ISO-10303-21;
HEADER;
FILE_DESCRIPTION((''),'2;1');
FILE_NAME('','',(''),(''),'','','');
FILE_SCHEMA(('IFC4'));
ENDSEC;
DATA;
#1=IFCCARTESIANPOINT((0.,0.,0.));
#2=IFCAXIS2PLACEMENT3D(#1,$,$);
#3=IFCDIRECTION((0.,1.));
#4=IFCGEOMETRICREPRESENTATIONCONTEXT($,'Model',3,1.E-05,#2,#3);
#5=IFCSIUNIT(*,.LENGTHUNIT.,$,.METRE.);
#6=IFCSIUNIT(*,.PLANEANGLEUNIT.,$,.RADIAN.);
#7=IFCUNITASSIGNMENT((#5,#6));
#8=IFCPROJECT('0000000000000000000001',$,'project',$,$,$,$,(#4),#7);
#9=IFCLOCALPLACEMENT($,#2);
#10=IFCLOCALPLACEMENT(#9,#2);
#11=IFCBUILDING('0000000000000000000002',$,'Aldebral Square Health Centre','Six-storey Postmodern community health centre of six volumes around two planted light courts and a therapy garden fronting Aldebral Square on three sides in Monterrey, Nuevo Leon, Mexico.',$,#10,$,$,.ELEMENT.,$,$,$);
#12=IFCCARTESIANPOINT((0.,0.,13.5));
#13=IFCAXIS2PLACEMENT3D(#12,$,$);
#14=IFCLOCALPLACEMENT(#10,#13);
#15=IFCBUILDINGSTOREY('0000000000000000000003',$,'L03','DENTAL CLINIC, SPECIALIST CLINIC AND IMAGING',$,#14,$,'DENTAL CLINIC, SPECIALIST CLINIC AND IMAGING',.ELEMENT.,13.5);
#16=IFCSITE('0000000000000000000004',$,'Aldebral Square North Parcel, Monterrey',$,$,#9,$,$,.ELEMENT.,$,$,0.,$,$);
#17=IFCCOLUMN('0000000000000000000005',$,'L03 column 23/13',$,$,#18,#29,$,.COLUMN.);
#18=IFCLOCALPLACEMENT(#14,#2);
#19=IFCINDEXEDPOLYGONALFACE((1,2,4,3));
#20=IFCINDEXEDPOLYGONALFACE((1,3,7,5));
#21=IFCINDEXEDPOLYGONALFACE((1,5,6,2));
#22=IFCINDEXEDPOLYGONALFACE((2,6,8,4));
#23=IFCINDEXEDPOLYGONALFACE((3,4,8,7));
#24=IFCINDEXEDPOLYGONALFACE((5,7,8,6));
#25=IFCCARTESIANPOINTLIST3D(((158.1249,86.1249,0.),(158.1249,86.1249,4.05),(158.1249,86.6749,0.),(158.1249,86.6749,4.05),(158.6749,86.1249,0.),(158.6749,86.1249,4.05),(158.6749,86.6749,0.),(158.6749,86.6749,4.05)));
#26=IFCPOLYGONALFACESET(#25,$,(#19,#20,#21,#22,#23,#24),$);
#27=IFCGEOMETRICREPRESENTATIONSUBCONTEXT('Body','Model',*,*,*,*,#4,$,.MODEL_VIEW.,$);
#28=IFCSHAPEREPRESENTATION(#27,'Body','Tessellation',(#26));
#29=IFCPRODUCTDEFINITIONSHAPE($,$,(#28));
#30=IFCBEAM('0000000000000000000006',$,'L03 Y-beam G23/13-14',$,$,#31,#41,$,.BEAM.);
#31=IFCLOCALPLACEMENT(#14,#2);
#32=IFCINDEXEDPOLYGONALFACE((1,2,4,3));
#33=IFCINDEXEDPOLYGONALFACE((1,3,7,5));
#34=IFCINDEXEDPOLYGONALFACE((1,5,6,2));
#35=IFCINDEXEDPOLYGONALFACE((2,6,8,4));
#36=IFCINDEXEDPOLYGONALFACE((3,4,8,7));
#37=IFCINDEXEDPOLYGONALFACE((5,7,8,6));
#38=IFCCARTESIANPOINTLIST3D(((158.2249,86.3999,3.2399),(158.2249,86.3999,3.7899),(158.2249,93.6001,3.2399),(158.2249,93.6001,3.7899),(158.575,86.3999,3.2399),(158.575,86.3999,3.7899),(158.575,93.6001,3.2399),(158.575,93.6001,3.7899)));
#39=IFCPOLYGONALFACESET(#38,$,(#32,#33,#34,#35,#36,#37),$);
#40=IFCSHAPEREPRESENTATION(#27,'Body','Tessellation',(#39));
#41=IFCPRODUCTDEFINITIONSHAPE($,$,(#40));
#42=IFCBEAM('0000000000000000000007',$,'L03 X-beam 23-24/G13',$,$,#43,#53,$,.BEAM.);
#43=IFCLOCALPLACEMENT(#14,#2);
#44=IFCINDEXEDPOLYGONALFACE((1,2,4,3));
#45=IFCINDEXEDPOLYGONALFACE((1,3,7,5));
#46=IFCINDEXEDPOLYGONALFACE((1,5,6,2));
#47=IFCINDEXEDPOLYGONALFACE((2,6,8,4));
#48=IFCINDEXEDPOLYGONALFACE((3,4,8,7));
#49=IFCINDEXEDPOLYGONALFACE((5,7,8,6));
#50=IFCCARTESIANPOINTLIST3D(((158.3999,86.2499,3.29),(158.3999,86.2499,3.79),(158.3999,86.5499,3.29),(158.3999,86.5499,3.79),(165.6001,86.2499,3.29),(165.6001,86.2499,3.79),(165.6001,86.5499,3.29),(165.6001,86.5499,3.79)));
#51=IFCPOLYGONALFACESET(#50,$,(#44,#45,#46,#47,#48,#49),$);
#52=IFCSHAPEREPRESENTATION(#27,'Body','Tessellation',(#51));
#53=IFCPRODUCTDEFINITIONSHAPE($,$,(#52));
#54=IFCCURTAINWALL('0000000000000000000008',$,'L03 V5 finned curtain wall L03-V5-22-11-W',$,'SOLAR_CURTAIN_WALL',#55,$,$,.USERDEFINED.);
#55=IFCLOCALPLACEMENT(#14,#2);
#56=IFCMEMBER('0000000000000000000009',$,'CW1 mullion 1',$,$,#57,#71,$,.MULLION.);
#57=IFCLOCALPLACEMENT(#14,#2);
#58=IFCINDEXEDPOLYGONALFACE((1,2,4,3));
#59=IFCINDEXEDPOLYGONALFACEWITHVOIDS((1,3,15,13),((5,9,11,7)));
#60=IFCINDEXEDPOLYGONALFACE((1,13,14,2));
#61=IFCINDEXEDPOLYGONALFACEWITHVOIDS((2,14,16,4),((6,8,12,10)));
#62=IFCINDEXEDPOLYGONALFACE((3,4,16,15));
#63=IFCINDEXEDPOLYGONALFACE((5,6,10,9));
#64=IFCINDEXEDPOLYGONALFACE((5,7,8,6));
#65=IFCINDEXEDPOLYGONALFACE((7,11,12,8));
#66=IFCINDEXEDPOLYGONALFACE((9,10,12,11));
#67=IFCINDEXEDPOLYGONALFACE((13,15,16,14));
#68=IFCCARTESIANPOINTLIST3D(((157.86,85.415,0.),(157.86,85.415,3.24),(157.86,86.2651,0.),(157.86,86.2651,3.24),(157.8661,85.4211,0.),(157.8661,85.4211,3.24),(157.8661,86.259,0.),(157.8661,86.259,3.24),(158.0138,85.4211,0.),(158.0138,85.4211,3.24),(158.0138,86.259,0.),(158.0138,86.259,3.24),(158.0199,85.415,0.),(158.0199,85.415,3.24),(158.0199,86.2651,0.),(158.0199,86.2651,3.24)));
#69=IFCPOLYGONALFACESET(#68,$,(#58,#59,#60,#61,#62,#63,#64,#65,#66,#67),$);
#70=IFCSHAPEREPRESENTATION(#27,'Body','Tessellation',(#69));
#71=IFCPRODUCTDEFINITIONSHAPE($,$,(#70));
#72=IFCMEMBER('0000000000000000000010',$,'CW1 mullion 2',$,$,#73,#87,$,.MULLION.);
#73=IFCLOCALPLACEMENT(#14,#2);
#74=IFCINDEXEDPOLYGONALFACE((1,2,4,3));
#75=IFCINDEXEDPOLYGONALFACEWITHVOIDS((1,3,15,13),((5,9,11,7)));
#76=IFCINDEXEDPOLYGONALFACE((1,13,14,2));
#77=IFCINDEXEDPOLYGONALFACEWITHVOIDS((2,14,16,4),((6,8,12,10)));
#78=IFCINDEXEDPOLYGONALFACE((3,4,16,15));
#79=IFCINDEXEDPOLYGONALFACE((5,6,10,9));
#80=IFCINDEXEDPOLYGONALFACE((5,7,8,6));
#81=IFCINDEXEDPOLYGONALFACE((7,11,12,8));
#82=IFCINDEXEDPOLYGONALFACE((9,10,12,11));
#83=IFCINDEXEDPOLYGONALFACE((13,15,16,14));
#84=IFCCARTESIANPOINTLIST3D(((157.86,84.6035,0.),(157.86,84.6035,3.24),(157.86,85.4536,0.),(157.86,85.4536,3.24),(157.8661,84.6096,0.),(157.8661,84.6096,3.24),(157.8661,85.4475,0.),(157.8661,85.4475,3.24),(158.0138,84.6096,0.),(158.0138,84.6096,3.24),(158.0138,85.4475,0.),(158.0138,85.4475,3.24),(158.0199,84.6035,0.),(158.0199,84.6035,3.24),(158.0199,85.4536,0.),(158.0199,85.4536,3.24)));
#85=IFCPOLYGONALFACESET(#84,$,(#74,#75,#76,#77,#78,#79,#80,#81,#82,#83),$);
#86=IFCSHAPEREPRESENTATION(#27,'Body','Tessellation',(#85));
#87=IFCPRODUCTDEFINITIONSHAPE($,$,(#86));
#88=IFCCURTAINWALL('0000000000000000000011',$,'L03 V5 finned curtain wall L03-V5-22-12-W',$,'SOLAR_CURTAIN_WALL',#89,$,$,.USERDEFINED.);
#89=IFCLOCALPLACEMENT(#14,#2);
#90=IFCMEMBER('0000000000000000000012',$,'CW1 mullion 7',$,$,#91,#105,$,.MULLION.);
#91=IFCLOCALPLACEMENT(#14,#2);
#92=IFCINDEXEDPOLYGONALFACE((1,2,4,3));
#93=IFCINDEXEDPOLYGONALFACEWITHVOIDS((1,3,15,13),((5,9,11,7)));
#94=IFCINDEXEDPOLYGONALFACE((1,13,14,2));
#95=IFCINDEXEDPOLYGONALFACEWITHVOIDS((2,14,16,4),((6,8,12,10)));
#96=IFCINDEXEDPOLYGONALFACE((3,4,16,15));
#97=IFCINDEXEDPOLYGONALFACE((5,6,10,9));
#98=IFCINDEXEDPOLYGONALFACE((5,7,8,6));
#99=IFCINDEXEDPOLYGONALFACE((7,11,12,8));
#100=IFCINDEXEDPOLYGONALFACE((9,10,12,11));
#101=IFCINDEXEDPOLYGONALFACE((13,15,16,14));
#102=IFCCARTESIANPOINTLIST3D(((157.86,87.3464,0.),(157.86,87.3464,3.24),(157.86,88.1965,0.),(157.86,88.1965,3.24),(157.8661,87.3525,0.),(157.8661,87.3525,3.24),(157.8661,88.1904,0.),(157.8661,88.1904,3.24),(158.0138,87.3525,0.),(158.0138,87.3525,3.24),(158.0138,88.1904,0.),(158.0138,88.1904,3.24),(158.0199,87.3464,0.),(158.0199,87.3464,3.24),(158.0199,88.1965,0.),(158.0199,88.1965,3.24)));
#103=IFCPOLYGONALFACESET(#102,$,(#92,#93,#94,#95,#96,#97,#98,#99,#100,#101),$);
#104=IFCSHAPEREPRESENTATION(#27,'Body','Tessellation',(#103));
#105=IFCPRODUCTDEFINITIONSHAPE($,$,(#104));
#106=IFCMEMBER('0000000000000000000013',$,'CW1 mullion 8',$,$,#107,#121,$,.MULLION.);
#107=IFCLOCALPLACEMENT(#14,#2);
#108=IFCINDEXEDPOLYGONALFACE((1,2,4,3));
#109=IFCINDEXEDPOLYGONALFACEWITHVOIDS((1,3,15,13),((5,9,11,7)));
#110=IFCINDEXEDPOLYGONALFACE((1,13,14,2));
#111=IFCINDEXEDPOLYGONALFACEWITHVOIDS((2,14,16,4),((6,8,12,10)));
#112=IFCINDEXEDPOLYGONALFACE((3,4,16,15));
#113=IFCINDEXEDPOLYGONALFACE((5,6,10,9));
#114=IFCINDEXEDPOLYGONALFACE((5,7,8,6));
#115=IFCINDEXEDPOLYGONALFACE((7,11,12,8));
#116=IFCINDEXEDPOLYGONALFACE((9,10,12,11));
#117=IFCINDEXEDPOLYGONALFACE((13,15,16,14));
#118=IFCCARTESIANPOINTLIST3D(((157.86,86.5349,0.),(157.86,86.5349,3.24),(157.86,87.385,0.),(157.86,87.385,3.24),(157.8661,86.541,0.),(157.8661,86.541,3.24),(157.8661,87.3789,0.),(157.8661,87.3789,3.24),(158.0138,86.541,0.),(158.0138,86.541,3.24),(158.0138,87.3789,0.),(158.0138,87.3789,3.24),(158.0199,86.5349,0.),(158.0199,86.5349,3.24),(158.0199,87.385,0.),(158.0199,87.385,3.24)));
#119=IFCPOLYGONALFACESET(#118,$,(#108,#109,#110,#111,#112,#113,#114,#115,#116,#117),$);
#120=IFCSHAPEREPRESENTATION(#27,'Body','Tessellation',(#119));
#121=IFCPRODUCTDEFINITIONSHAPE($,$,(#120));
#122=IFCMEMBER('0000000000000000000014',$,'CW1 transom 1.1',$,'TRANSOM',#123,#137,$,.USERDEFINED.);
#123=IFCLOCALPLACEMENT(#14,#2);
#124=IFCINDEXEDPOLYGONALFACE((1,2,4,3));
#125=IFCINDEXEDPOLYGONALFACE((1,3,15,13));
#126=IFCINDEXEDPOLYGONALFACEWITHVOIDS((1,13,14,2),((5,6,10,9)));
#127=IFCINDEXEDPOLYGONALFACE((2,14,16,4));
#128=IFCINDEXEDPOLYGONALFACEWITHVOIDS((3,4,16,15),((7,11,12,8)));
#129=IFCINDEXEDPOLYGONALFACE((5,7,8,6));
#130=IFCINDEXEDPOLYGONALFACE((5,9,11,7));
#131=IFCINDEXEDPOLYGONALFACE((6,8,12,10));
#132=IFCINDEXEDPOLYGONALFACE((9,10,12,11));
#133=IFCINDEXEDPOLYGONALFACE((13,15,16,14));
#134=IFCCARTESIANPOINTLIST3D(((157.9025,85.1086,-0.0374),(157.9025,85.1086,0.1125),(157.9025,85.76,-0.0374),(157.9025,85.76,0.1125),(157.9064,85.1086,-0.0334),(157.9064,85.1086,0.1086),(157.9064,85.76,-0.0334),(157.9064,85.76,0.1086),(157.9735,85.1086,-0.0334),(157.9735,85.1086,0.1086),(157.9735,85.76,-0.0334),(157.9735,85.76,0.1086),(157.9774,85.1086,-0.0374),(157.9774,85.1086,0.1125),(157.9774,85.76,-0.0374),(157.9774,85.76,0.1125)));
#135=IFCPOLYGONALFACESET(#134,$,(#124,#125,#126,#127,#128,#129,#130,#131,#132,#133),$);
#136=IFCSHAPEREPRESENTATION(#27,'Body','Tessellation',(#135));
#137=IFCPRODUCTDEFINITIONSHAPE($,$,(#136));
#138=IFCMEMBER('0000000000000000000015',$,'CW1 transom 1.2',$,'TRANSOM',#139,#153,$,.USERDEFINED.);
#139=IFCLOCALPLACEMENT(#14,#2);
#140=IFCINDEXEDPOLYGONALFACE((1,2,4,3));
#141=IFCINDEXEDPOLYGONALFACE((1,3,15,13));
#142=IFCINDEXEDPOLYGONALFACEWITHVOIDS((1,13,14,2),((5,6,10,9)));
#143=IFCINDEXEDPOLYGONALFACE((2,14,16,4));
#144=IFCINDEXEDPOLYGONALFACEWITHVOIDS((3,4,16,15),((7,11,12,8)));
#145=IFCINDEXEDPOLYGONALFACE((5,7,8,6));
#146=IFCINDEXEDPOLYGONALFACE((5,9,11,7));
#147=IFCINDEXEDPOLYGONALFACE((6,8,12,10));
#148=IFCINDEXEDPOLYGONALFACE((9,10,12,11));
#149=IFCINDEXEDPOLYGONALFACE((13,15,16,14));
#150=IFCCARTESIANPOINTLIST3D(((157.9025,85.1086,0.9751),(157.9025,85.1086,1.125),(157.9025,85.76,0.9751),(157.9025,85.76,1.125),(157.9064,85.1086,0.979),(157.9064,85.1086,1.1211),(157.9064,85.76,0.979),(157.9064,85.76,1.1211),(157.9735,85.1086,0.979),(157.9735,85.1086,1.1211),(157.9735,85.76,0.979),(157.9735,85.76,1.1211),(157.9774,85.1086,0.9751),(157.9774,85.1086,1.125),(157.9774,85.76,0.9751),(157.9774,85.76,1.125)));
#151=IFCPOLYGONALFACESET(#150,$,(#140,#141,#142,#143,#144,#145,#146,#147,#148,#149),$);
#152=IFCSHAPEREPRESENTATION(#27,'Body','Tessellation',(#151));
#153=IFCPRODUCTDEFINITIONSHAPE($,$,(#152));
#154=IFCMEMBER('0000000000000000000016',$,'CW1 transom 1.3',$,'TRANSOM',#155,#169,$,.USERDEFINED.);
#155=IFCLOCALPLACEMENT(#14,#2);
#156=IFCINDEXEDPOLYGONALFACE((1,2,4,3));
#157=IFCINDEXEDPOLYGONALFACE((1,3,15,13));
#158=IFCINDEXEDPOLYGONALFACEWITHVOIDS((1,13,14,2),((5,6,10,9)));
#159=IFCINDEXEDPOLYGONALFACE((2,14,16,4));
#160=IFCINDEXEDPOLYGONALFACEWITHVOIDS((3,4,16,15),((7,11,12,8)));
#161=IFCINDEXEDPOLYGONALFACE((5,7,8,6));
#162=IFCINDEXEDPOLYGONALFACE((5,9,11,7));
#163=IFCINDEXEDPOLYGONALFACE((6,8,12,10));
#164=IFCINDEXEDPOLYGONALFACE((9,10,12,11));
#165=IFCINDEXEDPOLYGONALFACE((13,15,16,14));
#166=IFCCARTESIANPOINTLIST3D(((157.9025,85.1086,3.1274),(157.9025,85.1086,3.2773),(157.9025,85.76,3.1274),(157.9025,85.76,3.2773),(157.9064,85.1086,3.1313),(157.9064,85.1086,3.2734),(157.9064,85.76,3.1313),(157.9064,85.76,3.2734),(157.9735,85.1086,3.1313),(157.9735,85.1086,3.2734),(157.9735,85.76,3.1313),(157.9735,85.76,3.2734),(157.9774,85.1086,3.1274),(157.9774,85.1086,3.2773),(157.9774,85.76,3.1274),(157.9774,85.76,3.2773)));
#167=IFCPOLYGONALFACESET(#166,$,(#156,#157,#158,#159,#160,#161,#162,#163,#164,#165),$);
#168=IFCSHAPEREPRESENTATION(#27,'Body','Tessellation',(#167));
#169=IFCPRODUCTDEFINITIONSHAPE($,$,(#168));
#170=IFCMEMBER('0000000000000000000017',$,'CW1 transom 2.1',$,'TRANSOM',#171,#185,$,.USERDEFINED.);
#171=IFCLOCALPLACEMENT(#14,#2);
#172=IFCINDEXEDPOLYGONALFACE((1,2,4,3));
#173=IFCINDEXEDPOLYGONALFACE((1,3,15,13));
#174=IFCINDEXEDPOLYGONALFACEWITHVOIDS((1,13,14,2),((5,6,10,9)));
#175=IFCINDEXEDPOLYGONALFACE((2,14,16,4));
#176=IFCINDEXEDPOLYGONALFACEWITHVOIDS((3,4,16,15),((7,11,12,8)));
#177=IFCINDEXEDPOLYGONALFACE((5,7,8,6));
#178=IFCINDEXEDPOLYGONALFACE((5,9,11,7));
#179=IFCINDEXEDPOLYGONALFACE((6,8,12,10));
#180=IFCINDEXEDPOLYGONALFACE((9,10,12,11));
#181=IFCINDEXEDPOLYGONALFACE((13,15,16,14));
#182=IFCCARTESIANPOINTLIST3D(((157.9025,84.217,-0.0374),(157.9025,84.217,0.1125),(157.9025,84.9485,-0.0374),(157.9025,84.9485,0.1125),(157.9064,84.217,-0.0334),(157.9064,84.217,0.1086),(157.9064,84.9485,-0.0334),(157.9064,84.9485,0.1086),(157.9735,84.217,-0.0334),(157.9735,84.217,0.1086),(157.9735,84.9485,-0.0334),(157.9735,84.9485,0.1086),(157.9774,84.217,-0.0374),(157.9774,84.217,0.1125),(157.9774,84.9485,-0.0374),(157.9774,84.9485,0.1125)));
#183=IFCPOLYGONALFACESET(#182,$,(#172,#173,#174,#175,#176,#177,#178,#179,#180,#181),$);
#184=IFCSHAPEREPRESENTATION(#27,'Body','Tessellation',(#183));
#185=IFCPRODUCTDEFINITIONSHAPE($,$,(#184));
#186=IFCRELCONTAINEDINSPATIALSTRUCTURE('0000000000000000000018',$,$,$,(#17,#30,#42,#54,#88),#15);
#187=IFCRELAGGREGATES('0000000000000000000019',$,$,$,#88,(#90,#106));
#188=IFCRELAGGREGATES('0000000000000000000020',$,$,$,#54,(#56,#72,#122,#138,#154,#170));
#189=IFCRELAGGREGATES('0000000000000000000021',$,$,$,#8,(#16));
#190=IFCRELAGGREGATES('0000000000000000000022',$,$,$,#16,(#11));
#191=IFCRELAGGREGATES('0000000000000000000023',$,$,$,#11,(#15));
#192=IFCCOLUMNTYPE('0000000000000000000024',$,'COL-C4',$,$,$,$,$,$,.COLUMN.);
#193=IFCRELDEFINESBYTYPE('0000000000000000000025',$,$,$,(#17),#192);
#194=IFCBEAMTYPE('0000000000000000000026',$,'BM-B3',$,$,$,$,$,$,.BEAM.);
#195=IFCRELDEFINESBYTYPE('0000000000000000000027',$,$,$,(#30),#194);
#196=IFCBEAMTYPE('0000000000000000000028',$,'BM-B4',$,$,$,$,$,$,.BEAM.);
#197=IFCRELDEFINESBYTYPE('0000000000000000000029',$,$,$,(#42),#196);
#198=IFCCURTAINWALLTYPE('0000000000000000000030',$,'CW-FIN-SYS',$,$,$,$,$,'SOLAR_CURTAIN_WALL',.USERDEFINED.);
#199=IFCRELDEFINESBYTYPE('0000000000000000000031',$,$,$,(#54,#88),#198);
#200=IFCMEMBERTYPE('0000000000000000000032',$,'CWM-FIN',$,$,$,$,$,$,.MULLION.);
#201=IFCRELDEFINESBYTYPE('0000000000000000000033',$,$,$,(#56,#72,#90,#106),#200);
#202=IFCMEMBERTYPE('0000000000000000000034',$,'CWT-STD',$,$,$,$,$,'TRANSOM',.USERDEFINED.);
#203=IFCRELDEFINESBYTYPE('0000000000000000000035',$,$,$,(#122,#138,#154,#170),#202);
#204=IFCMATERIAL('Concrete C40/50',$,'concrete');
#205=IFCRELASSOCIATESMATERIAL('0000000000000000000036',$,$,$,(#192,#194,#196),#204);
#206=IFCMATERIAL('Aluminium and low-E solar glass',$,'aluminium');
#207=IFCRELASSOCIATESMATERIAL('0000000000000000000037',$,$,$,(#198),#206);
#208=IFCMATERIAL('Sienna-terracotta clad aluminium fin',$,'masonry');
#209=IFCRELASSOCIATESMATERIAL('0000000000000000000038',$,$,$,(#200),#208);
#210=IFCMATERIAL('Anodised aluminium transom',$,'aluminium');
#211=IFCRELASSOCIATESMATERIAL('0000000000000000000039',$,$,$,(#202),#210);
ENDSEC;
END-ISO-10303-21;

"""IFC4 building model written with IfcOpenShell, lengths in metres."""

from ifc_helpers import new_model, si_unit, direction, frame, origin, origin_2d, place, context, subcontext, project, spatial, rectangle, hollow_rectangle, extrude, material, material_profile, profile_set, type_object, element, aggregate, save


model = new_model("IFC4")

# Units and contexts
model_context = context("Model", 3, precision=1e-05, world=origin(), true_north=direction((0.0, 1.0)))
body_context = subcontext(model_context, "Body", "Model", "MODEL_VIEW")
ifc_project = project(units=[si_unit("LENGTHUNIT", "METRE"), si_unit("PLANEANGLEUNIT", "RADIAN")], contexts=[model_context])

# Site, building, storey
site_placement = place(None, origin())
site = spatial("IfcSite", under=ifc_project, at=site_placement, Name="Aldebral Square North Parcel, Monterrey", CompositionType="ELEMENT", RefElevation=0.0)
building_placement = place(site_placement, origin())
building = spatial("IfcBuilding", under=site, at=building_placement, Name="Aldebral Square Health Centre", Description="Six-storey Postmodern community health centre of six volumes around two planted light courts and a therapy garden fronting Aldebral Square on three sides in Monterrey, Nuevo Leon, Mexico.", CompositionType="ELEMENT")
storey_placement = place(building_placement, frame((0.0, 0.0, 13.5)))
storey = spatial("IfcBuildingStorey", under=building, at=storey_placement, Name="L03", Description="DENTAL CLINIC, SPECIALIST CLINIC AND IMAGING", LongName="DENTAL CLINIC, SPECIALIST CLINIC AND IMAGING", CompositionType="ELEMENT", Elevation=13.5)

# Column
ifc_material_1 = material(Name="Concrete C40/50", Category="concrete")
ifc_material_profile_1 = material_profile(ifc_material_1, rectangle(XDim=0.55, YDim=0.55, at=origin_2d()), Name="RC 550x550")
ifc_profile_set_1 = profile_set([ifc_material_profile_1], Name="Concrete C40/50")
column_type = type_object("IfcColumnType", Name="COL-C4", PredefinedType="COLUMN", material=ifc_profile_set_1)
column_placement = place(storey_placement, frame((158.3999, 86.3999, 0.0), z_axis=(0.0, 0.0, 1.0), x_axis=(1.0, 0.0, 0.0)))
element("IfcColumn", 1, at=column_placement, inside=storey, type_object=column_type, Name="L03 column 23/13", PredefinedType="COLUMN", context=body_context, shape_type="SweptSolid", body=[
    extrude(rectangle(XDim=0.55, YDim=0.55, at=origin_2d()), origin(), (0.0, 0.0, 1.0), 4.05),
])

# Beams
ifc_material_profile_2 = material_profile(ifc_material_1, rectangle(XDim=0.3501, YDim=0.55, at=origin_2d()), Name="RC 350x550")
ifc_profile_set_2 = profile_set([ifc_material_profile_2], Name="Concrete C40/50")
beam_type_1 = type_object("IfcBeamType", Name="BM-B3", PredefinedType="BEAM", material=ifc_profile_set_2)
beam_1_placement = place(storey_placement, frame((158.3999, 86.3999, 3.5149), z_axis=(0.0, 1.0, 0.0), x_axis=(-1.0, 0.0, 0.0)))
element("IfcBeam", 2, at=beam_1_placement, inside=storey, type_object=beam_type_1, Name="L03 Y-beam G23/13-14", PredefinedType="BEAM", context=body_context, shape_type="SweptSolid", body=[
    extrude(rectangle(XDim=0.3501, YDim=0.55, at=origin_2d()), origin(), (0.0, 0.0, 1.0), 7.2002),
])
ifc_material_profile_3 = material_profile(ifc_material_1, rectangle(XDim=0.3, YDim=0.5, at=origin_2d()), Name="RC 300x500")
ifc_profile_set_3 = profile_set([ifc_material_profile_3], Name="Concrete C40/50")
beam_type_2 = type_object("IfcBeamType", Name="BM-B4", PredefinedType="BEAM", material=ifc_profile_set_3)
beam_2_placement = place(storey_placement, frame((158.3999, 86.3999, 3.54), z_axis=(1.0, 0.0, 0.0), x_axis=(0.0, 1.0, 0.0)))
element("IfcBeam", 3, at=beam_2_placement, inside=storey, type_object=beam_type_2, Name="L03 X-beam 23-24/G13", PredefinedType="BEAM", context=body_context, shape_type="SweptSolid", body=[
    extrude(rectangle(XDim=0.3, YDim=0.5, at=origin_2d()), origin(), (0.0, 0.0, 1.0), 7.2002),
])

# Curtain walls, members
ifc_material_2 = material(Name="Aluminium and low-E solar glass", Category="aluminium")
curtain_wall_type = type_object("IfcCurtainWallType", Name="CW-FIN-SYS", ElementType="SOLAR_CURTAIN_WALL", PredefinedType="USERDEFINED", material=ifc_material_2)
curtain_wall_1_placement = place(storey_placement, origin())
curtain_wall_1 = element("IfcCurtainWall", 4, at=curtain_wall_1_placement, inside=storey, type_object=curtain_wall_type, Name="L03 V5 finned curtain wall L03-V5-22-11-W", ObjectType="SOLAR_CURTAIN_WALL", PredefinedType="USERDEFINED")
ifc_material_3 = material(Name="Sienna-terracotta clad aluminium fin", Category="masonry")
ifc_material_profile_4 = material_profile(ifc_material_3, hollow_rectangle(XDim=0.1599, YDim=0.8501, WallThickness=0.0061, at=origin_2d()), Name="FIN 160x850x6")
ifc_profile_set_4 = profile_set([ifc_material_profile_4], Name="Sienna-terracotta clad aluminium fin")
member_type_1 = type_object("IfcMemberType", Name="CWM-FIN", PredefinedType="MULLION", material=ifc_profile_set_4)
member_1_placement = place(storey_placement, frame((157.9399, 85.8401, 0.0), z_axis=(0.0, 0.0, 1.0), x_axis=(1.0, 0.0, 0.0)))
member_1 = element("IfcMember", 5, at=member_1_placement, type_object=member_type_1, Name="CW1 mullion 1", PredefinedType="MULLION", context=body_context, shape_type="SweptSolid", body=[
    extrude(hollow_rectangle(XDim=0.1599, YDim=0.8501, WallThickness=0.0061, at=origin_2d()), origin(), (0.0, 0.0, 1.0), 3.24),
])
member_2_placement = place(storey_placement, frame((157.9399, 85.0286, 0.0), z_axis=(0.0, 0.0, 1.0), x_axis=(1.0, 0.0, 0.0)))
member_2 = element("IfcMember", 6, at=member_2_placement, type_object=member_type_1, Name="CW1 mullion 2", PredefinedType="MULLION", context=body_context, shape_type="SweptSolid", body=[
    extrude(hollow_rectangle(XDim=0.1599, YDim=0.8501, WallThickness=0.0061, at=origin_2d()), origin(), (0.0, 0.0, 1.0), 3.24),
])
curtain_wall_2_placement = place(storey_placement, origin())
curtain_wall_2 = element("IfcCurtainWall", 7, at=curtain_wall_2_placement, inside=storey, type_object=curtain_wall_type, Name="L03 V5 finned curtain wall L03-V5-22-12-W", ObjectType="SOLAR_CURTAIN_WALL", PredefinedType="USERDEFINED")
member_3_placement = place(storey_placement, frame((157.9399, 87.7715, 0.0), z_axis=(0.0, 0.0, 1.0), x_axis=(1.0, 0.0, 0.0)))
member_3 = element("IfcMember", 8, at=member_3_placement, type_object=member_type_1, Name="CW1 mullion 7", PredefinedType="MULLION", context=body_context, shape_type="SweptSolid", body=[
    extrude(hollow_rectangle(XDim=0.1599, YDim=0.8501, WallThickness=0.0061, at=origin_2d()), origin(), (0.0, 0.0, 1.0), 3.24),
])
member_4_placement = place(storey_placement, frame((157.9399, 86.96, 0.0), z_axis=(0.0, 0.0, 1.0), x_axis=(1.0, 0.0, 0.0)))
member_4 = element("IfcMember", 9, at=member_4_placement, type_object=member_type_1, Name="CW1 mullion 8", PredefinedType="MULLION", context=body_context, shape_type="SweptSolid", body=[
    extrude(hollow_rectangle(XDim=0.1599, YDim=0.8501, WallThickness=0.0061, at=origin_2d()), origin(), (0.0, 0.0, 1.0), 3.24),
])

# Members
ifc_material_4 = material(Name="Anodised aluminium transom", Category="aluminium")
ifc_material_profile_5 = material_profile(ifc_material_4, hollow_rectangle(XDim=0.075, YDim=0.1499, WallThickness=0.0039, at=origin_2d()), Name="CWT 75x150x4")
ifc_profile_set_5 = profile_set([ifc_material_profile_5], Name="Anodised aluminium transom")
member_type_2 = type_object("IfcMemberType", Name="CWT-STD", ElementType="TRANSOM", PredefinedType="USERDEFINED", material=ifc_profile_set_5)
member_5_placement = place(storey_placement, frame((157.9399, 85.76, 0.0376), z_axis=(0.0, -1.0, 0.0), x_axis=(1.0, 0.0, 0.0)))
member_5 = element("IfcMember", 10, at=member_5_placement, type_object=member_type_2, Name="CW1 transom 1.1", ObjectType="TRANSOM", PredefinedType="USERDEFINED", context=body_context, shape_type="SweptSolid", body=[
    extrude(hollow_rectangle(XDim=0.075, YDim=0.1499, WallThickness=0.0039, at=origin_2d()), origin(), (0.0, 0.0, 1.0), 0.6514),
])
member_6_placement = place(storey_placement, frame((157.9399, 85.76, 1.05), z_axis=(0.0, -1.0, 0.0), x_axis=(1.0, 0.0, 0.0)))
member_6 = element("IfcMember", 11, at=member_6_placement, type_object=member_type_2, Name="CW1 transom 1.2", ObjectType="TRANSOM", PredefinedType="USERDEFINED", context=body_context, shape_type="SweptSolid", body=[
    extrude(hollow_rectangle(XDim=0.075, YDim=0.1499, WallThickness=0.0039, at=origin_2d()), origin(), (0.0, 0.0, 1.0), 0.6514),
])
member_7_placement = place(storey_placement, frame((157.9399, 85.76, 3.2024), z_axis=(0.0, -1.0, 0.0), x_axis=(1.0, 0.0, 0.0)))
member_7 = element("IfcMember", 12, at=member_7_placement, type_object=member_type_2, Name="CW1 transom 1.3", ObjectType="TRANSOM", PredefinedType="USERDEFINED", context=body_context, shape_type="SweptSolid", body=[
    extrude(hollow_rectangle(XDim=0.075, YDim=0.1499, WallThickness=0.0039, at=origin_2d()), origin(), (0.0, 0.0, 1.0), 0.6514),
])
member_8_placement = place(storey_placement, frame((157.9399, 84.9485, 0.0376), z_axis=(0.0, -1.0, 0.0), x_axis=(1.0, 0.0, 0.0)))
member_8 = element("IfcMember", 13, at=member_8_placement, type_object=member_type_2, Name="CW1 transom 2.1", ObjectType="TRANSOM", PredefinedType="USERDEFINED", context=body_context, shape_type="SweptSolid", body=[
    extrude(hollow_rectangle(XDim=0.075, YDim=0.1499, WallThickness=0.0039, at=origin_2d()), origin(), (0.0, 0.0, 1.0), 0.7314),
])

aggregate(curtain_wall_2, [member_3, member_4])
aggregate(curtain_wall_1, [member_1, member_2, member_5, member_6, member_7, member_8])

save(model, "model.ifc")
